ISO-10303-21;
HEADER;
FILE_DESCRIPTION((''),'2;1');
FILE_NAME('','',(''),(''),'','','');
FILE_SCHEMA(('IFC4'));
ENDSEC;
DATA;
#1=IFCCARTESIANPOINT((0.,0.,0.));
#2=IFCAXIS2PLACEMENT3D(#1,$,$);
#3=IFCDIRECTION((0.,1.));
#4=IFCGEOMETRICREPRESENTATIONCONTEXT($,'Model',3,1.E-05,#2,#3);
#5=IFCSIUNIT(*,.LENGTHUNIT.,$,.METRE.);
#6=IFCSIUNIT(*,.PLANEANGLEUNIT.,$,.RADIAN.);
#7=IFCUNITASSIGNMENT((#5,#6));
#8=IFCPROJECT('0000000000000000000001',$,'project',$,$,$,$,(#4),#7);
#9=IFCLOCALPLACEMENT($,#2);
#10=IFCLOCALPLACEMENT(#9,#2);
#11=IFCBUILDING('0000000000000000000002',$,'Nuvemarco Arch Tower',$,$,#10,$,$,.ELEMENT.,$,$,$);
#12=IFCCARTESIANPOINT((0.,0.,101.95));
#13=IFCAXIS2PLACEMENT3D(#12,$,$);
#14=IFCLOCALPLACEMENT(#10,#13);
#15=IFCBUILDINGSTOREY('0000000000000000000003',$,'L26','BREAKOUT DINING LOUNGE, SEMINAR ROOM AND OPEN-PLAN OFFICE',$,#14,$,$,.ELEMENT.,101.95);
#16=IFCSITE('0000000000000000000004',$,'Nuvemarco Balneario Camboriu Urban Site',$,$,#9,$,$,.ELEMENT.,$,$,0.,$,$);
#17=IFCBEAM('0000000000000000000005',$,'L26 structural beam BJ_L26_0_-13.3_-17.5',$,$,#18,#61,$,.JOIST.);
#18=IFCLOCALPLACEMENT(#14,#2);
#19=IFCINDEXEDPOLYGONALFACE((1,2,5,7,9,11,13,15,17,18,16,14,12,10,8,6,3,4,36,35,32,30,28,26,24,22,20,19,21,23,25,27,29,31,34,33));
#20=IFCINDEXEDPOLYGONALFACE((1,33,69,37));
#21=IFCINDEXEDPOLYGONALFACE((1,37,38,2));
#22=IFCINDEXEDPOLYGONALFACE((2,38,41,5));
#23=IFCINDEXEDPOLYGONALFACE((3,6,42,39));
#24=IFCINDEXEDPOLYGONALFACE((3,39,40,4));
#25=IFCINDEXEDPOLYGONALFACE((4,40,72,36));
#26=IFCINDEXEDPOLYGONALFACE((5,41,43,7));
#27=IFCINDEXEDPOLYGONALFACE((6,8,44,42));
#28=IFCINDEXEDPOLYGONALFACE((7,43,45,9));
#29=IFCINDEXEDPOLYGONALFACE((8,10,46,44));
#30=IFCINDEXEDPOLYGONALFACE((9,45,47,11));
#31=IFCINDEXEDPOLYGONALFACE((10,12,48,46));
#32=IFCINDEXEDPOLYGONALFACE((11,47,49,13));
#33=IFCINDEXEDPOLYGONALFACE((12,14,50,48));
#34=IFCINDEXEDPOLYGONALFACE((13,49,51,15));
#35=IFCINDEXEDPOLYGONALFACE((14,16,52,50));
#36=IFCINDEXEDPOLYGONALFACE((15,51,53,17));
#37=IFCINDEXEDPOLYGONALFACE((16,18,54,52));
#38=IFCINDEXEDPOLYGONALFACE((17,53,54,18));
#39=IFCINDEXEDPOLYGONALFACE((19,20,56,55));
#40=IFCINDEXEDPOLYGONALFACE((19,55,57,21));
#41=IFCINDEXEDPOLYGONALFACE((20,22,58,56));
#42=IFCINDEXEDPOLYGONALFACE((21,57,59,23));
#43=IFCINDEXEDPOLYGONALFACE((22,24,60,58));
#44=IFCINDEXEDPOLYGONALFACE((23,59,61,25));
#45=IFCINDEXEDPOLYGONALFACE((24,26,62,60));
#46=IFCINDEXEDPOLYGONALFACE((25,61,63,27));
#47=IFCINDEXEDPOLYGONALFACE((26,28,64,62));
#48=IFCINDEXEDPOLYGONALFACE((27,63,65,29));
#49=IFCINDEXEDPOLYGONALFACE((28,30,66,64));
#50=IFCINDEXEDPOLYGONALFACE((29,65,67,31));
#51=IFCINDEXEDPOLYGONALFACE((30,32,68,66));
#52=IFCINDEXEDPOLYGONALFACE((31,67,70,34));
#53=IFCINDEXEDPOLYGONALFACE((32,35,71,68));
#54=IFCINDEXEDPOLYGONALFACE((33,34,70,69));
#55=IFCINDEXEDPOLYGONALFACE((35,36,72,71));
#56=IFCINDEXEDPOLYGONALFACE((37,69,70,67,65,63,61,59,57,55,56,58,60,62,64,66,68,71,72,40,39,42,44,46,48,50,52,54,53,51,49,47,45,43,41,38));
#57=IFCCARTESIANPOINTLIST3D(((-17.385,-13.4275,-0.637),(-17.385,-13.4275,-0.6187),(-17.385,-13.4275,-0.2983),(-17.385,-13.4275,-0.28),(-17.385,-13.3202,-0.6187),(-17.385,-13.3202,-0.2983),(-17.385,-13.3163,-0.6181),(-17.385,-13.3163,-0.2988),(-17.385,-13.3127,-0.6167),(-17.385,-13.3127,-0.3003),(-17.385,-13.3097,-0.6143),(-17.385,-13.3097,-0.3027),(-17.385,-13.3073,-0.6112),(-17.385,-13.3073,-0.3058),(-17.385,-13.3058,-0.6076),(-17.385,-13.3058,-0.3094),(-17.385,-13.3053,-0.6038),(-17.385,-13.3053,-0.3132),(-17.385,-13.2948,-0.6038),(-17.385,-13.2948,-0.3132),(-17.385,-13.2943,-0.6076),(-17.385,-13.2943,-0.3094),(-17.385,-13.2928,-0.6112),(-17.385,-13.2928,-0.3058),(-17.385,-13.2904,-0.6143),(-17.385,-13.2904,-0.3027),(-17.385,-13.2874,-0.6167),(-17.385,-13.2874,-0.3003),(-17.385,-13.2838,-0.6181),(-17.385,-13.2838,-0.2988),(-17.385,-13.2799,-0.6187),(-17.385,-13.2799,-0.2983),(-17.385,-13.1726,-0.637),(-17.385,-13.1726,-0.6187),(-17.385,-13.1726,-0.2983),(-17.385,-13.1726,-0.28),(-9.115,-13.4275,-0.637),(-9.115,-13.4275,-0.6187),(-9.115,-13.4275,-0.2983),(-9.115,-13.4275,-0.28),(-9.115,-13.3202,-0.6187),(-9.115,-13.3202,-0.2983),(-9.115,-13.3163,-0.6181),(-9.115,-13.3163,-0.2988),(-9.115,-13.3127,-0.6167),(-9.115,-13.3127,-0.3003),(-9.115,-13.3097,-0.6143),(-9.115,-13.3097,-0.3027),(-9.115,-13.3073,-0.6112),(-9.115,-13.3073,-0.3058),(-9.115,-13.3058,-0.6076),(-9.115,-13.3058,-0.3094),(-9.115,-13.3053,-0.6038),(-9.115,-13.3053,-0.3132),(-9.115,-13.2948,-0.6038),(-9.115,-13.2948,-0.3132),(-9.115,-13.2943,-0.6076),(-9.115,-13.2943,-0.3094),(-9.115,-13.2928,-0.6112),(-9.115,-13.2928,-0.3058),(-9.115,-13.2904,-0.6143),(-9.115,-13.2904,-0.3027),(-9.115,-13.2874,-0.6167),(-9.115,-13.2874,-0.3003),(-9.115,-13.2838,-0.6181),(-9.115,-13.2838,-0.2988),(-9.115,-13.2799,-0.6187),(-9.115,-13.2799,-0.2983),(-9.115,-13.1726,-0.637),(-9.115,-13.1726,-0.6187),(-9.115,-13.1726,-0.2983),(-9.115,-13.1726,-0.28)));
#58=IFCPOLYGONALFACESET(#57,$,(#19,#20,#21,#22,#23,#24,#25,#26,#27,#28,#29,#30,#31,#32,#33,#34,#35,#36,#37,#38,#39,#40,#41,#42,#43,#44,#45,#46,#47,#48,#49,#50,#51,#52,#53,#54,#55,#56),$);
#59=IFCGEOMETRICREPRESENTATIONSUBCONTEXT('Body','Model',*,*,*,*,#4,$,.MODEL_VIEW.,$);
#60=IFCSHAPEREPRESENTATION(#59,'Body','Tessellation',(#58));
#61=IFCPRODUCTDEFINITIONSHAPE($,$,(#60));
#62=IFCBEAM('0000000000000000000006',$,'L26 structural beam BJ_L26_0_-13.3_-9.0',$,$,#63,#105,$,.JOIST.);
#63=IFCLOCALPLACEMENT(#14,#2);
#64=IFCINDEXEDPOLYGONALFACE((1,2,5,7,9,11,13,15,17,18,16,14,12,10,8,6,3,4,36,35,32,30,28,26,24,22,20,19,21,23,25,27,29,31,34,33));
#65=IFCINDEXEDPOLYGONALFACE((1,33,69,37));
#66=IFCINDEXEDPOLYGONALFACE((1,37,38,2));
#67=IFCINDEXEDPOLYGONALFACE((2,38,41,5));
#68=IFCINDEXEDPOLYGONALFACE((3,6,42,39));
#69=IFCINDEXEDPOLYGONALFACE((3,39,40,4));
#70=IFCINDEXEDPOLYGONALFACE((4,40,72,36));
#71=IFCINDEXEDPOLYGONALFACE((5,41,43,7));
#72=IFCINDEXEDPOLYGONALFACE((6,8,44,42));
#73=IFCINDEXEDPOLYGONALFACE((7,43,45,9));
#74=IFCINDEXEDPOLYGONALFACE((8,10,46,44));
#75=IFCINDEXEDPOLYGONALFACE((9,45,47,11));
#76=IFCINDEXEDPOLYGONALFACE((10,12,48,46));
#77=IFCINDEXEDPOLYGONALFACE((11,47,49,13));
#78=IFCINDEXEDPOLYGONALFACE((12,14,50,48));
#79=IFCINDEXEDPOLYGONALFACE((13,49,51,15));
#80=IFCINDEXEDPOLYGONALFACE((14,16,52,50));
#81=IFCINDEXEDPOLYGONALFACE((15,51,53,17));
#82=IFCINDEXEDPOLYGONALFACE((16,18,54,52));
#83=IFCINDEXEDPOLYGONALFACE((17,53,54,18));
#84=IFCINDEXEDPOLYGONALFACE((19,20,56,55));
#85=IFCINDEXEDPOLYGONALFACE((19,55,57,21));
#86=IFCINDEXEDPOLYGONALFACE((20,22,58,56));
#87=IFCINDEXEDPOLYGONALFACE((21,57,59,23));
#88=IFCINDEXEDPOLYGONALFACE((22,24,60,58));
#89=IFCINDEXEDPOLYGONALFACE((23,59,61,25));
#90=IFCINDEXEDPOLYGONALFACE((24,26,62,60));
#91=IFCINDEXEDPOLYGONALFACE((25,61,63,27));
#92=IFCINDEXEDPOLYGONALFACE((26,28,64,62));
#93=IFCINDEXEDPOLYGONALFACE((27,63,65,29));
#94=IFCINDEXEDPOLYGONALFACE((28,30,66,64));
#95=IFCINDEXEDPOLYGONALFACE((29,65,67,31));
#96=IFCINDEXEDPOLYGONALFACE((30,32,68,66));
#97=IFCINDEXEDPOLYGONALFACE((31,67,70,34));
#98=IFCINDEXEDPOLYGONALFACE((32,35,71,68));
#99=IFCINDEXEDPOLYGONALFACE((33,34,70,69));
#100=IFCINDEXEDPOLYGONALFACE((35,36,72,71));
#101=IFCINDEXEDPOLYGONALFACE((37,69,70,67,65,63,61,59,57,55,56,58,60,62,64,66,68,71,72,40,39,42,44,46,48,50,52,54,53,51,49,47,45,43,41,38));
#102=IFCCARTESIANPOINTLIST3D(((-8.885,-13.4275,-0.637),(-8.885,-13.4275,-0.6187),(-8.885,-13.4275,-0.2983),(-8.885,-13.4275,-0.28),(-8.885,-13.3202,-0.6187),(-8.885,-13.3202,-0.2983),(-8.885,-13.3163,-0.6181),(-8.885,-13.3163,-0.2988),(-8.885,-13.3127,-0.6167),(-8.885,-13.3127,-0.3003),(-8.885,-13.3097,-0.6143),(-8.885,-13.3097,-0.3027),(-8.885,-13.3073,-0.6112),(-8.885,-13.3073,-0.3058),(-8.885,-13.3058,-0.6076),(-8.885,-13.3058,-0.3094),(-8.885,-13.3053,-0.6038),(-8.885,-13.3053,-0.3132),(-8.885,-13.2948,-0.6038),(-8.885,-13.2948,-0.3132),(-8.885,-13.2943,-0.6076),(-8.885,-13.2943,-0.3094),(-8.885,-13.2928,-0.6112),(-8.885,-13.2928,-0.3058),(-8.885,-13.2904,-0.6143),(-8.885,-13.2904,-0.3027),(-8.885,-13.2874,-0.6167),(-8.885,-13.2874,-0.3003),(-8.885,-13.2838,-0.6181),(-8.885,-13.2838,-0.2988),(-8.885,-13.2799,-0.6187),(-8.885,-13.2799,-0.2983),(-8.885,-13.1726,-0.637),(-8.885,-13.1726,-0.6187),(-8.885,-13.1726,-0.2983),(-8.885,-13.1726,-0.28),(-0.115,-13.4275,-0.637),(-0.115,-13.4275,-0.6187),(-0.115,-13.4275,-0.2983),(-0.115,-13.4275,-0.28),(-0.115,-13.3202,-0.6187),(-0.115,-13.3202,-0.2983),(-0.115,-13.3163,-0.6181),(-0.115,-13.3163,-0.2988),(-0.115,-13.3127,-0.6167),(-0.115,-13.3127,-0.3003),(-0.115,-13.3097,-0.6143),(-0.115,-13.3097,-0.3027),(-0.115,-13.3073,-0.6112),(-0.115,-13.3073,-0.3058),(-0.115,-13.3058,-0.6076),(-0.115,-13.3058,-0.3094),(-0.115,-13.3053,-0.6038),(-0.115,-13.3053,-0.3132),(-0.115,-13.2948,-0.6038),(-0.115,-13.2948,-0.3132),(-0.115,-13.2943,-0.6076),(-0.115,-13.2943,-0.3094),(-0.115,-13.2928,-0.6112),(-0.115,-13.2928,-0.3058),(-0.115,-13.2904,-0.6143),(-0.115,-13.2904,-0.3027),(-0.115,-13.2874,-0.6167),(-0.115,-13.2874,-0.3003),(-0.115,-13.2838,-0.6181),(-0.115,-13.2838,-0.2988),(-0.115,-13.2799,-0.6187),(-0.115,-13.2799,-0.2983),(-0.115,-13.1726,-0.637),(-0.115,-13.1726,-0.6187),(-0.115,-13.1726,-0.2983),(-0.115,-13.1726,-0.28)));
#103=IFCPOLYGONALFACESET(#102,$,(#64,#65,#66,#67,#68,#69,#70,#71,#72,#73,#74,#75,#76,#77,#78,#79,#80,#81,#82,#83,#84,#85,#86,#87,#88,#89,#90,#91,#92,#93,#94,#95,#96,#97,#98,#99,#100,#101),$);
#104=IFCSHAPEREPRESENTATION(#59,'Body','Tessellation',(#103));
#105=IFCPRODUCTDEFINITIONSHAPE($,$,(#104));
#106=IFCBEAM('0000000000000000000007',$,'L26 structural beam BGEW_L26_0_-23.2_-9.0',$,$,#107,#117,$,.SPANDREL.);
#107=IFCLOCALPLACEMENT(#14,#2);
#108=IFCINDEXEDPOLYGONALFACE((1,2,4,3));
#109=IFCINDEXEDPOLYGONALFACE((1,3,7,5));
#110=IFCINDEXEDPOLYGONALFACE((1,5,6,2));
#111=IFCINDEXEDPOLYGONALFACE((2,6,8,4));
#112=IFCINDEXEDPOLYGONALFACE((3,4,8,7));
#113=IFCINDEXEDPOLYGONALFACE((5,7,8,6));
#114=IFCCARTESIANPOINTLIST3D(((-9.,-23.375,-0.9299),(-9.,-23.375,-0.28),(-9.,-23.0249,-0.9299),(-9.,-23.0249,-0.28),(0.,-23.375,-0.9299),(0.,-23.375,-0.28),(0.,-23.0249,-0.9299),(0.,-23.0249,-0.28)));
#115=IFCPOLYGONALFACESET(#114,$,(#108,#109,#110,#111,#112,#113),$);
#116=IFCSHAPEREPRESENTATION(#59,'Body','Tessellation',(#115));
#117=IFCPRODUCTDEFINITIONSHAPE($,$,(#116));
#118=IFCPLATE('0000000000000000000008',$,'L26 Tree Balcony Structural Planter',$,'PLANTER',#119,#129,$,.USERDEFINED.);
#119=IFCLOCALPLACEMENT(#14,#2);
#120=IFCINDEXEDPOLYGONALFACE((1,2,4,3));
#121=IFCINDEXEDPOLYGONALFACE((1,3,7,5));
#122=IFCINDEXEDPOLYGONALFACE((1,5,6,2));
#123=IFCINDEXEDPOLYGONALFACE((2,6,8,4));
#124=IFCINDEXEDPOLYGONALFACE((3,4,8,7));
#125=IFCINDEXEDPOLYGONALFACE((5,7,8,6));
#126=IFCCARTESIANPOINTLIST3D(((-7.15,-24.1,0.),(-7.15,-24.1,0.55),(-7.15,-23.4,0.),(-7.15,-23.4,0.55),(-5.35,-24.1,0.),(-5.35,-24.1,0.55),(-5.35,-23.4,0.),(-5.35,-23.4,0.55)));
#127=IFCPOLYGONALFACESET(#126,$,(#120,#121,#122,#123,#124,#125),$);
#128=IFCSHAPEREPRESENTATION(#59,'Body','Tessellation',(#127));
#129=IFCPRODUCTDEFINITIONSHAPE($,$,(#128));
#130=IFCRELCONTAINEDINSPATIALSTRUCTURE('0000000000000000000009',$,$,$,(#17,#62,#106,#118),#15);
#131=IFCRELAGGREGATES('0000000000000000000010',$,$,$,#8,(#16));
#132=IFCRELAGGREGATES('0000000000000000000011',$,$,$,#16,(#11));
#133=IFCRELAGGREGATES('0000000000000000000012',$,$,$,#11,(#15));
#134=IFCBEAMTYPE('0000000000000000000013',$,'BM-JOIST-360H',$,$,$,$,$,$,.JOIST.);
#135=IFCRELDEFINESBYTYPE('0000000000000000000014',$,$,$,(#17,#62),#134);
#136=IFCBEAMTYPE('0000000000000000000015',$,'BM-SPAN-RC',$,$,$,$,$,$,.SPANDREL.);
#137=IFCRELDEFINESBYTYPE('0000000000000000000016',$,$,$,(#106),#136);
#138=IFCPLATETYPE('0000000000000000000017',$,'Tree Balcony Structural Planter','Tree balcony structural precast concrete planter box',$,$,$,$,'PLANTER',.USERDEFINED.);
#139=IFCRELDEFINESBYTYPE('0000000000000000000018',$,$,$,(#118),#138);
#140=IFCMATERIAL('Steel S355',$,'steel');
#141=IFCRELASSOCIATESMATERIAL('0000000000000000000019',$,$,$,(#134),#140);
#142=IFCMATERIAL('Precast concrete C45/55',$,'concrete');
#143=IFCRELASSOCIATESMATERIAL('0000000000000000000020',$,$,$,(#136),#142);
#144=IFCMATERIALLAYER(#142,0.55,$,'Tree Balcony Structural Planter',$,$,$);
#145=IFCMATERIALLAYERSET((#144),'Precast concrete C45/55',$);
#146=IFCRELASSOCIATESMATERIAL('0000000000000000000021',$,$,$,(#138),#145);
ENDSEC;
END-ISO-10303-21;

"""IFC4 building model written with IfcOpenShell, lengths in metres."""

from ifc_helpers import new_model, si_unit, direction, frame, origin, origin_2d, place, context, subcontext, project, spatial, rectangle, i_section, extrude, source, transform, mapped, material, layer, layer_set, material_profile, profile_set, type_object, type_shapes, element, save


model = new_model("IFC4")

# Units and contexts
model_context = context("Model", 3, precision=1e-05, world=origin(), true_north=direction((0.0, 1.0)))
body_context = subcontext(model_context, "Body", "Model", "MODEL_VIEW")
ifc_project = project(units=[si_unit("LENGTHUNIT", "METRE"), si_unit("PLANEANGLEUNIT", "RADIAN")], contexts=[model_context])

# Site, building, storey
site_placement = place(None, origin())
site = spatial("IfcSite", under=ifc_project, at=site_placement, Name="Nuvemarco Balneario Camboriu Urban Site", CompositionType="ELEMENT", RefElevation=0.0)
building_placement = place(site_placement, origin())
building = spatial("IfcBuilding", under=site, at=building_placement, Name="Nuvemarco Arch Tower", CompositionType="ELEMENT")
storey_placement = place(building_placement, frame((0.0, 0.0, 101.95)))
storey = spatial("IfcBuildingStorey", under=building, at=storey_placement, Name="L26", Description="BREAKOUT DINING LOUNGE, SEMINAR ROOM AND OPEN-PLAN OFFICE", CompositionType="ELEMENT", Elevation=101.95)

# Shared definitions
ifc_material_1 = material(Name="Steel S355", Category="steel")

# Beams
ifc_material_profile_1 = material_profile(ifc_material_1, i_section(OverallWidth=0.2549, OverallDepth=0.3569, WebThickness=0.0105, FlangeThickness=0.0183, FilletRadius=0.0149, at=origin_2d()), Name="W360x101")
ifc_profile_set_1 = profile_set([ifc_material_profile_1], Name="Steel S355")
beam_type_1 = type_object("IfcBeamType", Name="BM-JOIST-360H", PredefinedType="JOIST", material=ifc_profile_set_1)
beam_1_placement = place(storey_placement, frame((-17.385, -13.3, -0.4585), z_axis=(1.0, 0.0, 0.0), x_axis=(0.0, 1.0, 0.0)))
element("IfcBeam", 1, at=beam_1_placement, inside=storey, type_object=beam_type_1, Name="L26 structural beam BJ_L26_0_-13.3_-17.5", PredefinedType="JOIST", context=body_context, shape_type="SweptSolid", body=[
    extrude(i_section(OverallWidth=0.2549, OverallDepth=0.3569, WebThickness=0.0105, FlangeThickness=0.0183, FilletRadius=0.0149, at=origin_2d()), origin(), (0.0, 0.0, 1.0), 8.27),
])
beam_2_placement = place(storey_placement, frame((-8.885, -13.3, -0.4585), z_axis=(1.0, 0.0, 0.0), x_axis=(0.0, 1.0, 0.0)))
element("IfcBeam", 2, at=beam_2_placement, inside=storey, type_object=beam_type_1, Name="L26 structural beam BJ_L26_0_-13.3_-9.0", PredefinedType="JOIST", context=body_context, shape_type="SweptSolid", body=[
    extrude(i_section(OverallWidth=0.2549, OverallDepth=0.3569, WebThickness=0.0105, FlangeThickness=0.0183, FilletRadius=0.0149, at=origin_2d()), origin(), (0.0, 0.0, 1.0), 8.77),
])
ifc_material_2 = material(Name="Precast concrete C45/55", Category="concrete")
ifc_material_profile_2 = material_profile(ifc_material_2, rectangle(XDim=0.3501, YDim=0.6499, at=origin_2d()), Name="PC-SP-350x650")
ifc_profile_set_2 = profile_set([ifc_material_profile_2], Name="Precast concrete C45/55")
beam_type_2 = type_object("IfcBeamType", Name="BM-SPAN-RC", PredefinedType="SPANDREL", material=ifc_profile_set_2)
beam_3_placement = place(storey_placement, frame((-9.0, -23.2, -0.605), z_axis=(1.0, 0.0, 0.0), x_axis=(0.0, 1.0, 0.0)))
element("IfcBeam", 3, at=beam_3_placement, inside=storey, type_object=beam_type_2, Name="L26 structural beam BGEW_L26_0_-23.2_-9.0", PredefinedType="SPANDREL", context=body_context, shape_type="SweptSolid", body=[
    extrude(rectangle(XDim=0.3501, YDim=0.6499, at=origin_2d()), origin(), (0.0, 0.0, 1.0), 9.0),
])

# Plate
ifc_layer_1 = layer(ifc_material_2, 0.55, Name="Tree Balcony Structural Planter")
ifc_layer_set_1 = layer_set([ifc_layer_1], Name="Precast concrete C45/55")
plate_type = type_object("IfcPlateType", Name="Tree Balcony Structural Planter", Description="Tree balcony structural precast concrete planter box", ElementType="PLANTER", PredefinedType="USERDEFINED", material=ifc_layer_set_1)
shared_shape_1 = source(origin(), body_context, "Body", "SweptSolid", [
    extrude(rectangle(XDim=1.8, YDim=0.7, at=origin_2d()), origin(), (0.0, 0.0, 1.0), 0.55),
])
type_shapes(plate_type, [shared_shape_1])
plate_placement = place(storey_placement, frame((-6.25, -23.75, 0.0), z_axis=(0.0, 0.0, 1.0), x_axis=(1.0, 0.0, 0.0)))
element("IfcPlate", 4, at=plate_placement, inside=storey, type_object=plate_type, Name="L26 Tree Balcony Structural Planter", ObjectType="PLANTER", PredefinedType="USERDEFINED", context=body_context, shape_type="MappedRepresentation", body=[
    mapped(shared_shape_1, transform((0.0, 0.0, 0.0), scale=1.0)),
])

save(model, "model.ifc")
